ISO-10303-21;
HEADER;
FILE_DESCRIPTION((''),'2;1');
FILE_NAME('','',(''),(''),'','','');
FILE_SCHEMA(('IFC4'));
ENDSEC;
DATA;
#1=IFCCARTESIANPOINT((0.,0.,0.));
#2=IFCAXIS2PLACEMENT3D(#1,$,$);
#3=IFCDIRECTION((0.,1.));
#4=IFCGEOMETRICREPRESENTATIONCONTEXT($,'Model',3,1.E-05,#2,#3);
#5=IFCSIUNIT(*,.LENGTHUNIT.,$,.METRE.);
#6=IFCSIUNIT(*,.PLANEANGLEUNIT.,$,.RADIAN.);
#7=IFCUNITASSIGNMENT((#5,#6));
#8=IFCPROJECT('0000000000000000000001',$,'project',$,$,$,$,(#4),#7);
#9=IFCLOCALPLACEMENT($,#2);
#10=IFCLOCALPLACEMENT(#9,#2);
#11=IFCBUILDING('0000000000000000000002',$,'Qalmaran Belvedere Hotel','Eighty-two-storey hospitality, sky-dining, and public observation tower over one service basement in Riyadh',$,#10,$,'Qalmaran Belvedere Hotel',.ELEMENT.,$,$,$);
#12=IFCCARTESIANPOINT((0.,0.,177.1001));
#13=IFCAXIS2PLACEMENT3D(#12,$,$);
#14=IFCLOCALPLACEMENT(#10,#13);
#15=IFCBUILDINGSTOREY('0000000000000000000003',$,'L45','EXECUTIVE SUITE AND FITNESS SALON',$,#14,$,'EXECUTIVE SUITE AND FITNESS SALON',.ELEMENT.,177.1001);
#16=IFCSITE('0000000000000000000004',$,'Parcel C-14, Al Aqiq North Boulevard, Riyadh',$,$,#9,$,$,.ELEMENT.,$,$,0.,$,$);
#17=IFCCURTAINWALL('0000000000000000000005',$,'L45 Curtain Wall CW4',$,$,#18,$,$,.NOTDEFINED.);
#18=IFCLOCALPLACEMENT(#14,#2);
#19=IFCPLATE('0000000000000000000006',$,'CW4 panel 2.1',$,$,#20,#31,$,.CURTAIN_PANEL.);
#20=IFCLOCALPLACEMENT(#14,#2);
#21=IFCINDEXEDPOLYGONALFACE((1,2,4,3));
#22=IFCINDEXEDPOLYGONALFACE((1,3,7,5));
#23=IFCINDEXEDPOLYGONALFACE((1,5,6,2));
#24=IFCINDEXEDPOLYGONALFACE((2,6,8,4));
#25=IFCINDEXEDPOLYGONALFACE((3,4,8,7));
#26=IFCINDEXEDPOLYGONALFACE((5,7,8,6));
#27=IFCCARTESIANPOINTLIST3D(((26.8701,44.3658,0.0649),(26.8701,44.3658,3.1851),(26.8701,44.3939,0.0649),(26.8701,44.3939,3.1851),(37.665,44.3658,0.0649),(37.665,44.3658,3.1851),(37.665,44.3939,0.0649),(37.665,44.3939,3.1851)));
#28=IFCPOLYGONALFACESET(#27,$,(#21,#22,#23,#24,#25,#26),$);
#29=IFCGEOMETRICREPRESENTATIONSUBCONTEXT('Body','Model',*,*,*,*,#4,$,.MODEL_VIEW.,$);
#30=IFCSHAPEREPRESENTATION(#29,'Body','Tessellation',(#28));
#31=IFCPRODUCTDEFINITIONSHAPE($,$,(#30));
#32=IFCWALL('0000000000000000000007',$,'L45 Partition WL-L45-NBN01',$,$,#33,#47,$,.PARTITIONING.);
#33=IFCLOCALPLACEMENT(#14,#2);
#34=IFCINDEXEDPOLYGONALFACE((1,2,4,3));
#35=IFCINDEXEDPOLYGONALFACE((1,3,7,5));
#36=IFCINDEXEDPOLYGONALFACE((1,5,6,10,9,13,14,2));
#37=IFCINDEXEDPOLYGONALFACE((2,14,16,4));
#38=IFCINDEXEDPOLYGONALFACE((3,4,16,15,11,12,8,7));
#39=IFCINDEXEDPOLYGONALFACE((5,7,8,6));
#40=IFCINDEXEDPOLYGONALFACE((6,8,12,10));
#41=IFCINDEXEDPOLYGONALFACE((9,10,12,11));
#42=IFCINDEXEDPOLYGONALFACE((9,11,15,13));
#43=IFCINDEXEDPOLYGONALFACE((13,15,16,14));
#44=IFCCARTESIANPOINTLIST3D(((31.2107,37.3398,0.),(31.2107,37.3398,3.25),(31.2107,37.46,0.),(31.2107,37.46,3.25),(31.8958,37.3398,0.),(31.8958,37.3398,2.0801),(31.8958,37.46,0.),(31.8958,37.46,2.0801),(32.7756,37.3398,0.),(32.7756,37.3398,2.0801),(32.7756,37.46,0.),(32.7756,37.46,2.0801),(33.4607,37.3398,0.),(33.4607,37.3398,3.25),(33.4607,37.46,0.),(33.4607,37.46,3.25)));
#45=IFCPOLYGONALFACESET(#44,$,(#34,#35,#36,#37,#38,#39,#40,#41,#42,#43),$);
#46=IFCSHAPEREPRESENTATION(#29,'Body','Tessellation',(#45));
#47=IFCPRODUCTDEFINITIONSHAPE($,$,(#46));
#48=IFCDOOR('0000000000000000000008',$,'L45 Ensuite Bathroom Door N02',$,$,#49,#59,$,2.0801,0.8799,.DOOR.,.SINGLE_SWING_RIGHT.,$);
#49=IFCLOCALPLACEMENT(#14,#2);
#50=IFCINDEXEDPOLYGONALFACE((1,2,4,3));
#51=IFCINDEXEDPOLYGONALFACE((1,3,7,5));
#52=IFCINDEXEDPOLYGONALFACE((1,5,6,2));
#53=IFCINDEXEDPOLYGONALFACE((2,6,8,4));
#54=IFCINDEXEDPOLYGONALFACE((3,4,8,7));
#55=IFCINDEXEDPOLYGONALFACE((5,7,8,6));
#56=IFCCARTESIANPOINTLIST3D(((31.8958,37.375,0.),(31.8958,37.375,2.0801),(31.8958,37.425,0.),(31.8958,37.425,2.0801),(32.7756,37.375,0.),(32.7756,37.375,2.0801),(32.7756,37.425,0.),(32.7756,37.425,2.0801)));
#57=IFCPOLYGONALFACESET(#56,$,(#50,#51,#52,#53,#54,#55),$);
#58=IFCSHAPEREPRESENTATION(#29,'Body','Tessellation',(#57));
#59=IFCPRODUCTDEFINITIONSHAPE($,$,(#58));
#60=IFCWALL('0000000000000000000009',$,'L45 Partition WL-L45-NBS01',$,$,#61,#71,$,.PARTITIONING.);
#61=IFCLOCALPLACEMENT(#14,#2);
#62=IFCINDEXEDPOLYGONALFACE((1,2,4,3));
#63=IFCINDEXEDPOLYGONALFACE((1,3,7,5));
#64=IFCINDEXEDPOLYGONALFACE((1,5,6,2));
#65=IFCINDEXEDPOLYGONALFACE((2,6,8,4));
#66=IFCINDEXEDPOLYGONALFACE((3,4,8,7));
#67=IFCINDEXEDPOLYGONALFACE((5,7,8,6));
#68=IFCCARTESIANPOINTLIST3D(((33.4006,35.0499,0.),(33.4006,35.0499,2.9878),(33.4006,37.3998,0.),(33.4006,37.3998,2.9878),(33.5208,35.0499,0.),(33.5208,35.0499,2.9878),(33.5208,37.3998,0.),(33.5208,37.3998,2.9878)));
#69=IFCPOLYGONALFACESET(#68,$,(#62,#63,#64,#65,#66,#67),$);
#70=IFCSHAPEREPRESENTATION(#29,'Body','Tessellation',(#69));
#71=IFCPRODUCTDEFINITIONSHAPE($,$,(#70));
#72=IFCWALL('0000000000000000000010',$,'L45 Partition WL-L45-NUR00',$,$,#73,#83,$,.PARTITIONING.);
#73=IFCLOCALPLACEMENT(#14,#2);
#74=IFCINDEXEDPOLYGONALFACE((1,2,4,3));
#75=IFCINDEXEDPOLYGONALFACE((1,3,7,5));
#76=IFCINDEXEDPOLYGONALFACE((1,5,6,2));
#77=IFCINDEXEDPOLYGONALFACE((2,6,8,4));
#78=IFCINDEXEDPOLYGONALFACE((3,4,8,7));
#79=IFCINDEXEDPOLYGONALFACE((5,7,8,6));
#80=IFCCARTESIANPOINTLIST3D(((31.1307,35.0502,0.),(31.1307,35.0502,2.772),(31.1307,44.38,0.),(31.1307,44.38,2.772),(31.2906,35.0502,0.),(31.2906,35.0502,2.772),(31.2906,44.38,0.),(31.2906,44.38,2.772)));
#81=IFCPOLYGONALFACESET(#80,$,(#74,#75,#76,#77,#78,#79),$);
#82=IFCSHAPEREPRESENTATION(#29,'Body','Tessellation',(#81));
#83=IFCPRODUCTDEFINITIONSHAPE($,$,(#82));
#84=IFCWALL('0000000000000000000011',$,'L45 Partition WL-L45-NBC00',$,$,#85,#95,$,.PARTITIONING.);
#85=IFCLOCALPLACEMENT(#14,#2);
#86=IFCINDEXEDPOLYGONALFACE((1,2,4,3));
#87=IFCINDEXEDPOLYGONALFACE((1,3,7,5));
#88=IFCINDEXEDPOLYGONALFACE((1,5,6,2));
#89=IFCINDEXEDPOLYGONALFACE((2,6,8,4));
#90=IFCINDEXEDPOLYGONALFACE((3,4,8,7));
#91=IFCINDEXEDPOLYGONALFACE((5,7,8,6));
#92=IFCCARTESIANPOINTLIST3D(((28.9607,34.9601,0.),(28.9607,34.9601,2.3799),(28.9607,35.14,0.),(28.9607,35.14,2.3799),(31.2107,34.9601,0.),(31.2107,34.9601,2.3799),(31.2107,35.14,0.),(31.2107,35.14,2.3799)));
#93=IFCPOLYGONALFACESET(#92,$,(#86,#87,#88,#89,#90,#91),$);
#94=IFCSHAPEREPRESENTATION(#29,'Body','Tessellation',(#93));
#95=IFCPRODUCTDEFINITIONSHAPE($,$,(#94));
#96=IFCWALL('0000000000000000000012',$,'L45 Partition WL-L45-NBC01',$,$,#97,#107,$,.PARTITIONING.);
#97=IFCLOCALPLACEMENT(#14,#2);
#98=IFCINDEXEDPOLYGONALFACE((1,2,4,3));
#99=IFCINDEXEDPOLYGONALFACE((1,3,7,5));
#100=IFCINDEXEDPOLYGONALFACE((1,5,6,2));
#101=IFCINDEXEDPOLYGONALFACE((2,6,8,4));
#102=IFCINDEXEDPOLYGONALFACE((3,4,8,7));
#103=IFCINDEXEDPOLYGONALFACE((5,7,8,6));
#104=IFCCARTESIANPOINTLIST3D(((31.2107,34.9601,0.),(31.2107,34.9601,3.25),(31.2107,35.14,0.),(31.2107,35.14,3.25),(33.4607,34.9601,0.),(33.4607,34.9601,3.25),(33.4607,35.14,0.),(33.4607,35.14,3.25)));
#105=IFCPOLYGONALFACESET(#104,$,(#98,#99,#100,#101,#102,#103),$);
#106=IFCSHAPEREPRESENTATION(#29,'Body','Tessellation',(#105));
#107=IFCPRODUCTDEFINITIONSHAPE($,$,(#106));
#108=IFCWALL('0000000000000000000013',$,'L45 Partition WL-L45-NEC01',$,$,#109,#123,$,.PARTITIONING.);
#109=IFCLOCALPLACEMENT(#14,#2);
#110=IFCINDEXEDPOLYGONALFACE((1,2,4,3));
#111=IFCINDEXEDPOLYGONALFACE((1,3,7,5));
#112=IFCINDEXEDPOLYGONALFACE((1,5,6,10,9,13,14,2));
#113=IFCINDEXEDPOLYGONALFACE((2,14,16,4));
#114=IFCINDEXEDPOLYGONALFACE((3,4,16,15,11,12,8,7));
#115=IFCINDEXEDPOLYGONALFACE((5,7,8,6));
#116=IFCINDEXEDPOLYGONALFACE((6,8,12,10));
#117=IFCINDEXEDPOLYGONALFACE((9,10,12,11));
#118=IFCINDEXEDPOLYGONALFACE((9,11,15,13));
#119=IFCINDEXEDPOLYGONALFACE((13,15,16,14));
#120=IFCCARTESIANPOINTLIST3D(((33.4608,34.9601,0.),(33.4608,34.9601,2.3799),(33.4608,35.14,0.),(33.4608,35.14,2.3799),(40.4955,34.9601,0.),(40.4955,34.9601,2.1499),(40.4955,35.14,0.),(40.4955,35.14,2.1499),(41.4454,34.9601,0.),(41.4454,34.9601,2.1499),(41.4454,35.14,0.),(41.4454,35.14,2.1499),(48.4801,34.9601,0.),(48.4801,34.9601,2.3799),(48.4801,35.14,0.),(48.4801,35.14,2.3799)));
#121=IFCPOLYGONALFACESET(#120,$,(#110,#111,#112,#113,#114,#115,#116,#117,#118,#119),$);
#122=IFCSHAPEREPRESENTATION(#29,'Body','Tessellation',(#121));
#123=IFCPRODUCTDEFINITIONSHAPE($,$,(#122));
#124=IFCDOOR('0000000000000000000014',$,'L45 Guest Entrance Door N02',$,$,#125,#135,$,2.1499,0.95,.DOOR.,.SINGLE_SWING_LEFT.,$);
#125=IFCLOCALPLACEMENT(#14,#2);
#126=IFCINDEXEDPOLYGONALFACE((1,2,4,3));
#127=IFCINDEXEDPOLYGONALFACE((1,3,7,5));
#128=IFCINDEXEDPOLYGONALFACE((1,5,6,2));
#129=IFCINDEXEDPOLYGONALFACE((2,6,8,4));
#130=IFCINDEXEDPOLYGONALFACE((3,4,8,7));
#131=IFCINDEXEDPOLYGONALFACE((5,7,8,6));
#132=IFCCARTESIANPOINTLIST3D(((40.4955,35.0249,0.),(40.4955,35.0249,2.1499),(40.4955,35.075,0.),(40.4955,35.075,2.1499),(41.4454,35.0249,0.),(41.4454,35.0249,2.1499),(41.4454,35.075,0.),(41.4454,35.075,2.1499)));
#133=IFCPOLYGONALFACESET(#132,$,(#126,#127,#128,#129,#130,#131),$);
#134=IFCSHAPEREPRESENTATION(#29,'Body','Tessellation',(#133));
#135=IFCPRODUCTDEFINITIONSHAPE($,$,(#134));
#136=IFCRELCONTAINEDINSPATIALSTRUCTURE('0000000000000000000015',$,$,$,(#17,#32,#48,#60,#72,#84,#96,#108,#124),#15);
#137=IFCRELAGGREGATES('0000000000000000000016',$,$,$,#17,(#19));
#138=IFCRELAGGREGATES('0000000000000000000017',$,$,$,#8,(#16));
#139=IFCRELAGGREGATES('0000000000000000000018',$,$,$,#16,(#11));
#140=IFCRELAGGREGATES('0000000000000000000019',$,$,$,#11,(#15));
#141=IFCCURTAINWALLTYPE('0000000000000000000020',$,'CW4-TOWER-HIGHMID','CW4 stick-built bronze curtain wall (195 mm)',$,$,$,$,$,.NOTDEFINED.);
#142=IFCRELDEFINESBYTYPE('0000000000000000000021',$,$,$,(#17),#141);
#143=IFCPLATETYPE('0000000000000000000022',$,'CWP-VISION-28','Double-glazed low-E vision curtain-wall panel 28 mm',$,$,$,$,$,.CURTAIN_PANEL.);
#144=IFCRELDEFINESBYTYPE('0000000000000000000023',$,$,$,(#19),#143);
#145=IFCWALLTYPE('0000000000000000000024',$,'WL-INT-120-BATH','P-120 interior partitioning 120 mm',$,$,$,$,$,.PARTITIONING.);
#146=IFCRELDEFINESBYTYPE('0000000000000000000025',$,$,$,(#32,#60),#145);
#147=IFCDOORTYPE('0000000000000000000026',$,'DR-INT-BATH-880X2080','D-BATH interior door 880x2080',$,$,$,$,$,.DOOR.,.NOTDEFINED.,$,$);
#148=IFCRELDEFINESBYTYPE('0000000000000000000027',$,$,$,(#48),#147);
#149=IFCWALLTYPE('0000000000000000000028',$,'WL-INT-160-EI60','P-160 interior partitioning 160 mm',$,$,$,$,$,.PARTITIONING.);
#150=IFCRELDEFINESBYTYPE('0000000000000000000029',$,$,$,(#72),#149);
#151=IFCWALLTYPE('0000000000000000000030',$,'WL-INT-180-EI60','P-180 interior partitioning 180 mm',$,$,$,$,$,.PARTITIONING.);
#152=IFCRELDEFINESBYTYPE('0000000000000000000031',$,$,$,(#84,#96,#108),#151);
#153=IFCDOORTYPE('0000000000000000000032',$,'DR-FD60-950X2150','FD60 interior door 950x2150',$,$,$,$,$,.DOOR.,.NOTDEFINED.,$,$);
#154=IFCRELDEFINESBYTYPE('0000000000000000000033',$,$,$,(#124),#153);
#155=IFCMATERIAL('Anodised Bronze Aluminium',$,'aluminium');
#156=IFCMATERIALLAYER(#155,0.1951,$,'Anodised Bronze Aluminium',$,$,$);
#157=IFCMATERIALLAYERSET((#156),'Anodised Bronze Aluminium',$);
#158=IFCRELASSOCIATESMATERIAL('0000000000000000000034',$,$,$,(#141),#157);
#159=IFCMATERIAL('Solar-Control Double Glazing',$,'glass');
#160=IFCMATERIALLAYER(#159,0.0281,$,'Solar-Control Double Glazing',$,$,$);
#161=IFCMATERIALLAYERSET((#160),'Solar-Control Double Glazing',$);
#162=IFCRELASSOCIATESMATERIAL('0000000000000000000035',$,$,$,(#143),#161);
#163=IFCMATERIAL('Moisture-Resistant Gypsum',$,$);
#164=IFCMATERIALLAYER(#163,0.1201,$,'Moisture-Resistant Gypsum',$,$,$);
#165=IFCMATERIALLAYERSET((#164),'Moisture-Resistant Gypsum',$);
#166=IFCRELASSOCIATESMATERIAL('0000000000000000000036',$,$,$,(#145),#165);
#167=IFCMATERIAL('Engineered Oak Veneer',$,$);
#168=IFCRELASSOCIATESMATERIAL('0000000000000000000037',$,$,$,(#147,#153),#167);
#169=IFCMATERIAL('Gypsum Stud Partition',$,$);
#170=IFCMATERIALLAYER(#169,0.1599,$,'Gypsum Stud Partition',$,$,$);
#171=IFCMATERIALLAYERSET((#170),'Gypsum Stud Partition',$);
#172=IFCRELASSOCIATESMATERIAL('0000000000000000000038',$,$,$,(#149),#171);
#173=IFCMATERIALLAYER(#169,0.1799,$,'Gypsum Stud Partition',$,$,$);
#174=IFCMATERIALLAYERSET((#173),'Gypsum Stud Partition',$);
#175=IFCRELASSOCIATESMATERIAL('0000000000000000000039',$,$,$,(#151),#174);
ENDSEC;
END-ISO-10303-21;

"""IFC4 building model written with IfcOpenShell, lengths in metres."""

from ifc_helpers import new_model, si_unit, direction, frame, frame_2d, origin, origin_2d, place, context, subcontext, project, spatial, rectangle, extrude, material, layer, layer_set, type_object, element, fill, aggregate, save


model = new_model("IFC4")

# Units and contexts
model_context = context("Model", 3, precision=1e-05, world=origin(), true_north=direction((0.0, 1.0)))
body_context = subcontext(model_context, "Body", "Model", "MODEL_VIEW")
ifc_project = project(units=[si_unit("LENGTHUNIT", "METRE"), si_unit("PLANEANGLEUNIT", "RADIAN")], contexts=[model_context])

# Site, building, storey
site_placement = place(None, origin())
site = spatial("IfcSite", under=ifc_project, at=site_placement, Name="Parcel C-14, Al Aqiq North Boulevard, Riyadh", CompositionType="ELEMENT", RefElevation=0.0)
building_placement = place(site_placement, origin())
building = spatial("IfcBuilding", under=site, at=building_placement, Name="Qalmaran Belvedere Hotel", Description="Eighty-two-storey hospitality, sky-dining, and public observation tower over one service basement in Riyadh", LongName="Qalmaran Belvedere Hotel", CompositionType="ELEMENT")
storey_placement = place(building_placement, frame((0.0, 0.0, 177.1001)))
storey = spatial("IfcBuildingStorey", under=building, at=storey_placement, Name="L45", Description="EXECUTIVE SUITE AND FITNESS SALON", LongName="EXECUTIVE SUITE AND FITNESS SALON", CompositionType="ELEMENT", Elevation=177.1001)

# Curtain wall, plate
ifc_material_1 = material(Name="Anodised Bronze Aluminium", Category="aluminium")
ifc_layer_1 = layer(ifc_material_1, 0.1951, Name="Anodised Bronze Aluminium")
ifc_layer_set_1 = layer_set([ifc_layer_1], Name="Anodised Bronze Aluminium")
curtain_wall_type = type_object("IfcCurtainWallType", Name="CW4-TOWER-HIGHMID", Description="CW4 stick-built bronze curtain wall (195 mm)", PredefinedType="NOTDEFINED", material=ifc_layer_set_1)
curtain_wall_placement = place(storey_placement, origin())
curtain_wall = element("IfcCurtainWall", 1, at=curtain_wall_placement, inside=storey, type_object=curtain_wall_type, Name="L45 Curtain Wall CW4", PredefinedType="NOTDEFINED")
ifc_material_2 = material(Name="Solar-Control Double Glazing", Category="glass")
ifc_layer_2 = layer(ifc_material_2, 0.0281, Name="Solar-Control Double Glazing")
ifc_layer_set_2 = layer_set([ifc_layer_2], Name="Solar-Control Double Glazing")
plate_type = type_object("IfcPlateType", Name="CWP-VISION-28", Description="Double-glazed low-E vision curtain-wall panel 28 mm", PredefinedType="CURTAIN_PANEL", material=ifc_layer_set_2)
plate_placement = place(storey_placement, frame((32.2676, 44.3799, 0.0649), z_axis=(0.0, 0.0, 1.0), x_axis=(-1.0, 0.0, 0.0)))
plate = element("IfcPlate", 2, at=plate_placement, type_object=plate_type, Name="CW4 panel 2.1", PredefinedType="CURTAIN_PANEL", context=body_context, shape_type="SweptSolid", body=[
    extrude(rectangle(XDim=10.7949, YDim=0.0281, at=origin_2d()), origin(), (0.0, 0.0, 1.0), 3.1201),
])
aggregate(curtain_wall, [plate])

# Wall, opening, door
ifc_material_3 = material(Name="Moisture-Resistant Gypsum")
ifc_layer_3 = layer(ifc_material_3, 0.1201, Name="Moisture-Resistant Gypsum")
ifc_layer_set_3 = layer_set([ifc_layer_3], Name="Moisture-Resistant Gypsum")
wall_type_1 = type_object("IfcWallType", Name="WL-INT-120-BATH", Description="P-120 interior partitioning 120 mm", PredefinedType="PARTITIONING", material=ifc_layer_set_3)
wall_1_placement = place(storey_placement, frame((31.2107, 37.3999, 0.0), z_axis=(0.0, 0.0, 1.0), x_axis=(1.0, 0.0, 0.0)))
wall_1 = element("IfcWall", 3, at=wall_1_placement, inside=storey, type_object=wall_type_1, Name="L45 Partition WL-L45-NBN01", PredefinedType="PARTITIONING", context=body_context, shape_type="SweptSolid", body=[
    extrude(rectangle(XDim=2.25, YDim=0.1201, at=frame_2d((1.125, 0.0))), origin(), (0.0, 0.0, 1.0), 3.25),
])
opening_1_placement = place(wall_1_placement, frame((1.5649, 0.0, 0.0), z_axis=(0.0, 0.0, 1.0), x_axis=(-1.0, 0.0, 0.0)))
opening_1 = element("IfcOpeningElement", 4, at=opening_1_placement, cuts=wall_1, PredefinedType="OPENING", context=body_context, shape_type="SweptSolid", body=[
    extrude(rectangle(XDim=0.8799, YDim=2.0801, at=frame_2d((0.4399, 1.04))), frame((0.0, 0.0701, 0.0), z_axis=(0.0, -1.0, 0.0), x_axis=(1.0, 0.0, 0.0)), (0.0, 0.0, 1.0), 0.1401),
])
ifc_material_4 = material(Name="Engineered Oak Veneer")
door_type_1 = type_object("IfcDoorType", Name="DR-INT-BATH-880X2080", Description="D-BATH interior door 880x2080", OperationType="NOTDEFINED", PredefinedType="DOOR", material=ifc_material_4)
door_1_placement = place(opening_1_placement, origin())
door_1 = element("IfcDoor", 5, at=door_1_placement, inside=storey, type_object=door_type_1, Name="L45 Ensuite Bathroom Door N02", OperationType="SINGLE_SWING_RIGHT", OverallHeight=2.0801, OverallWidth=0.8799, PredefinedType="DOOR", context=body_context, shape_type="SweptSolid", body=[
    extrude(rectangle(XDim=0.8799, YDim=2.0801, at=frame_2d((0.4399, 1.04))), frame((0.0, 0.0249, 0.0), z_axis=(0.0, -1.0, 0.0), x_axis=(1.0, 0.0, 0.0)), (0.0, 0.0, 1.0), 0.05),
])
fill(opening_1, door_1)

# Walls
wall_2_placement = place(storey_placement, frame((33.4607, 35.05, 0.0), z_axis=(0.0, 0.0, 1.0), x_axis=(0.0, 1.0, 0.0)))
element("IfcWall", 6, at=wall_2_placement, inside=storey, type_object=wall_type_1, Name="L45 Partition WL-L45-NBS01", PredefinedType="PARTITIONING", context=body_context, shape_type="SweptSolid", body=[
    extrude(rectangle(XDim=2.3499, YDim=0.1201, at=frame_2d((1.1748, 0.0))), origin(), (0.0, 0.0, 1.0), 2.9878),
])
ifc_material_5 = material(Name="Gypsum Stud Partition")
ifc_layer_4 = layer(ifc_material_5, 0.1599, Name="Gypsum Stud Partition")
ifc_layer_set_4 = layer_set([ifc_layer_4], Name="Gypsum Stud Partition")
wall_type_2 = type_object("IfcWallType", Name="WL-INT-160-EI60", Description="P-160 interior partitioning 160 mm", PredefinedType="PARTITIONING", material=ifc_layer_set_4)
wall_3_placement = place(storey_placement, frame((31.2107, 35.05, 0.0), z_axis=(0.0, 0.0, 1.0), x_axis=(0.0, 1.0, 0.0)))
element("IfcWall", 7, at=wall_3_placement, inside=storey, type_object=wall_type_2, Name="L45 Partition WL-L45-NUR00", PredefinedType="PARTITIONING", context=body_context, shape_type="SweptSolid", body=[
    extrude(rectangle(XDim=9.3298, YDim=0.1599, at=frame_2d((4.665, 0.0))), origin(), (0.0, 0.0, 1.0), 2.772),
])
ifc_layer_5 = layer(ifc_material_5, 0.1799, Name="Gypsum Stud Partition")
ifc_layer_set_5 = layer_set([ifc_layer_5], Name="Gypsum Stud Partition")
wall_type_3 = type_object("IfcWallType", Name="WL-INT-180-EI60", Description="P-180 interior partitioning 180 mm", PredefinedType="PARTITIONING", material=ifc_layer_set_5)
wall_4_placement = place(storey_placement, frame((28.9607, 35.05, 0.0), z_axis=(0.0, 0.0, 1.0), x_axis=(1.0, 0.0, 0.0)))
element("IfcWall", 8, at=wall_4_placement, inside=storey, type_object=wall_type_3, Name="L45 Partition WL-L45-NBC00", PredefinedType="PARTITIONING", context=body_context, shape_type="SweptSolid", body=[
    extrude(rectangle(XDim=2.25, YDim=0.1799, at=frame_2d((1.125, 0.0))), origin(), (0.0, 0.0, 1.0), 2.3799),
])
wall_5_placement = place(storey_placement, frame((31.2107, 35.05, 0.0), z_axis=(0.0, 0.0, 1.0), x_axis=(1.0, 0.0, 0.0)))
element("IfcWall", 9, at=wall_5_placement, inside=storey, type_object=wall_type_3, Name="L45 Partition WL-L45-NBC01", PredefinedType="PARTITIONING", context=body_context, shape_type="SweptSolid", body=[
    extrude(rectangle(XDim=2.25, YDim=0.1799, at=frame_2d((1.125, 0.0))), origin(), (0.0, 0.0, 1.0), 3.25),
])

# Wall, opening, door
wall_6_placement = place(storey_placement, frame((33.4607, 35.05, 0.0), z_axis=(0.0, 0.0, 1.0), x_axis=(1.0, 0.0, 0.0)))
wall_6 = element("IfcWall", 10, at=wall_6_placement, inside=storey, type_object=wall_type_3, Name="L45 Partition WL-L45-NEC01", PredefinedType="PARTITIONING", context=body_context, shape_type="SweptSolid", body=[
    extrude(rectangle(XDim=15.0193, YDim=0.1799, at=frame_2d((7.5098, 0.0))), origin(), (0.0, 0.0, 1.0), 2.3799),
])
opening_2_placement = place(wall_6_placement, frame((7.0347, 0.0, 0.0)))
opening_2 = element("IfcOpeningElement", 11, at=opening_2_placement, cuts=wall_6, PredefinedType="OPENING", context=body_context, shape_type="SweptSolid", body=[
    extrude(rectangle(XDim=0.95, YDim=2.1499, at=frame_2d((0.4751, 1.075))), frame((0.0, 0.1001, 0.0), z_axis=(0.0, -1.0, 0.0), x_axis=(1.0, 0.0, 0.0)), (0.0, 0.0, 1.0), 0.2),
])
door_type_2 = type_object("IfcDoorType", Name="DR-FD60-950X2150", Description="FD60 interior door 950x2150", OperationType="NOTDEFINED", PredefinedType="DOOR", material=ifc_material_4)
door_2_placement = place(opening_2_placement, origin())
door_2 = element("IfcDoor", 12, at=door_2_placement, inside=storey, type_object=door_type_2, Name="L45 Guest Entrance Door N02", OperationType="SINGLE_SWING_LEFT", OverallHeight=2.1499, OverallWidth=0.95, PredefinedType="DOOR", context=body_context, shape_type="SweptSolid", body=[
    extrude(rectangle(XDim=0.95, YDim=2.1499, at=frame_2d((0.4751, 1.075))), frame((0.0, 0.0249, 0.0), z_axis=(0.0, -1.0, 0.0), x_axis=(1.0, 0.0, 0.0)), (0.0, 0.0, 1.0), 0.05),
])
fill(opening_2, door_2)

save(model, "model.ifc")
